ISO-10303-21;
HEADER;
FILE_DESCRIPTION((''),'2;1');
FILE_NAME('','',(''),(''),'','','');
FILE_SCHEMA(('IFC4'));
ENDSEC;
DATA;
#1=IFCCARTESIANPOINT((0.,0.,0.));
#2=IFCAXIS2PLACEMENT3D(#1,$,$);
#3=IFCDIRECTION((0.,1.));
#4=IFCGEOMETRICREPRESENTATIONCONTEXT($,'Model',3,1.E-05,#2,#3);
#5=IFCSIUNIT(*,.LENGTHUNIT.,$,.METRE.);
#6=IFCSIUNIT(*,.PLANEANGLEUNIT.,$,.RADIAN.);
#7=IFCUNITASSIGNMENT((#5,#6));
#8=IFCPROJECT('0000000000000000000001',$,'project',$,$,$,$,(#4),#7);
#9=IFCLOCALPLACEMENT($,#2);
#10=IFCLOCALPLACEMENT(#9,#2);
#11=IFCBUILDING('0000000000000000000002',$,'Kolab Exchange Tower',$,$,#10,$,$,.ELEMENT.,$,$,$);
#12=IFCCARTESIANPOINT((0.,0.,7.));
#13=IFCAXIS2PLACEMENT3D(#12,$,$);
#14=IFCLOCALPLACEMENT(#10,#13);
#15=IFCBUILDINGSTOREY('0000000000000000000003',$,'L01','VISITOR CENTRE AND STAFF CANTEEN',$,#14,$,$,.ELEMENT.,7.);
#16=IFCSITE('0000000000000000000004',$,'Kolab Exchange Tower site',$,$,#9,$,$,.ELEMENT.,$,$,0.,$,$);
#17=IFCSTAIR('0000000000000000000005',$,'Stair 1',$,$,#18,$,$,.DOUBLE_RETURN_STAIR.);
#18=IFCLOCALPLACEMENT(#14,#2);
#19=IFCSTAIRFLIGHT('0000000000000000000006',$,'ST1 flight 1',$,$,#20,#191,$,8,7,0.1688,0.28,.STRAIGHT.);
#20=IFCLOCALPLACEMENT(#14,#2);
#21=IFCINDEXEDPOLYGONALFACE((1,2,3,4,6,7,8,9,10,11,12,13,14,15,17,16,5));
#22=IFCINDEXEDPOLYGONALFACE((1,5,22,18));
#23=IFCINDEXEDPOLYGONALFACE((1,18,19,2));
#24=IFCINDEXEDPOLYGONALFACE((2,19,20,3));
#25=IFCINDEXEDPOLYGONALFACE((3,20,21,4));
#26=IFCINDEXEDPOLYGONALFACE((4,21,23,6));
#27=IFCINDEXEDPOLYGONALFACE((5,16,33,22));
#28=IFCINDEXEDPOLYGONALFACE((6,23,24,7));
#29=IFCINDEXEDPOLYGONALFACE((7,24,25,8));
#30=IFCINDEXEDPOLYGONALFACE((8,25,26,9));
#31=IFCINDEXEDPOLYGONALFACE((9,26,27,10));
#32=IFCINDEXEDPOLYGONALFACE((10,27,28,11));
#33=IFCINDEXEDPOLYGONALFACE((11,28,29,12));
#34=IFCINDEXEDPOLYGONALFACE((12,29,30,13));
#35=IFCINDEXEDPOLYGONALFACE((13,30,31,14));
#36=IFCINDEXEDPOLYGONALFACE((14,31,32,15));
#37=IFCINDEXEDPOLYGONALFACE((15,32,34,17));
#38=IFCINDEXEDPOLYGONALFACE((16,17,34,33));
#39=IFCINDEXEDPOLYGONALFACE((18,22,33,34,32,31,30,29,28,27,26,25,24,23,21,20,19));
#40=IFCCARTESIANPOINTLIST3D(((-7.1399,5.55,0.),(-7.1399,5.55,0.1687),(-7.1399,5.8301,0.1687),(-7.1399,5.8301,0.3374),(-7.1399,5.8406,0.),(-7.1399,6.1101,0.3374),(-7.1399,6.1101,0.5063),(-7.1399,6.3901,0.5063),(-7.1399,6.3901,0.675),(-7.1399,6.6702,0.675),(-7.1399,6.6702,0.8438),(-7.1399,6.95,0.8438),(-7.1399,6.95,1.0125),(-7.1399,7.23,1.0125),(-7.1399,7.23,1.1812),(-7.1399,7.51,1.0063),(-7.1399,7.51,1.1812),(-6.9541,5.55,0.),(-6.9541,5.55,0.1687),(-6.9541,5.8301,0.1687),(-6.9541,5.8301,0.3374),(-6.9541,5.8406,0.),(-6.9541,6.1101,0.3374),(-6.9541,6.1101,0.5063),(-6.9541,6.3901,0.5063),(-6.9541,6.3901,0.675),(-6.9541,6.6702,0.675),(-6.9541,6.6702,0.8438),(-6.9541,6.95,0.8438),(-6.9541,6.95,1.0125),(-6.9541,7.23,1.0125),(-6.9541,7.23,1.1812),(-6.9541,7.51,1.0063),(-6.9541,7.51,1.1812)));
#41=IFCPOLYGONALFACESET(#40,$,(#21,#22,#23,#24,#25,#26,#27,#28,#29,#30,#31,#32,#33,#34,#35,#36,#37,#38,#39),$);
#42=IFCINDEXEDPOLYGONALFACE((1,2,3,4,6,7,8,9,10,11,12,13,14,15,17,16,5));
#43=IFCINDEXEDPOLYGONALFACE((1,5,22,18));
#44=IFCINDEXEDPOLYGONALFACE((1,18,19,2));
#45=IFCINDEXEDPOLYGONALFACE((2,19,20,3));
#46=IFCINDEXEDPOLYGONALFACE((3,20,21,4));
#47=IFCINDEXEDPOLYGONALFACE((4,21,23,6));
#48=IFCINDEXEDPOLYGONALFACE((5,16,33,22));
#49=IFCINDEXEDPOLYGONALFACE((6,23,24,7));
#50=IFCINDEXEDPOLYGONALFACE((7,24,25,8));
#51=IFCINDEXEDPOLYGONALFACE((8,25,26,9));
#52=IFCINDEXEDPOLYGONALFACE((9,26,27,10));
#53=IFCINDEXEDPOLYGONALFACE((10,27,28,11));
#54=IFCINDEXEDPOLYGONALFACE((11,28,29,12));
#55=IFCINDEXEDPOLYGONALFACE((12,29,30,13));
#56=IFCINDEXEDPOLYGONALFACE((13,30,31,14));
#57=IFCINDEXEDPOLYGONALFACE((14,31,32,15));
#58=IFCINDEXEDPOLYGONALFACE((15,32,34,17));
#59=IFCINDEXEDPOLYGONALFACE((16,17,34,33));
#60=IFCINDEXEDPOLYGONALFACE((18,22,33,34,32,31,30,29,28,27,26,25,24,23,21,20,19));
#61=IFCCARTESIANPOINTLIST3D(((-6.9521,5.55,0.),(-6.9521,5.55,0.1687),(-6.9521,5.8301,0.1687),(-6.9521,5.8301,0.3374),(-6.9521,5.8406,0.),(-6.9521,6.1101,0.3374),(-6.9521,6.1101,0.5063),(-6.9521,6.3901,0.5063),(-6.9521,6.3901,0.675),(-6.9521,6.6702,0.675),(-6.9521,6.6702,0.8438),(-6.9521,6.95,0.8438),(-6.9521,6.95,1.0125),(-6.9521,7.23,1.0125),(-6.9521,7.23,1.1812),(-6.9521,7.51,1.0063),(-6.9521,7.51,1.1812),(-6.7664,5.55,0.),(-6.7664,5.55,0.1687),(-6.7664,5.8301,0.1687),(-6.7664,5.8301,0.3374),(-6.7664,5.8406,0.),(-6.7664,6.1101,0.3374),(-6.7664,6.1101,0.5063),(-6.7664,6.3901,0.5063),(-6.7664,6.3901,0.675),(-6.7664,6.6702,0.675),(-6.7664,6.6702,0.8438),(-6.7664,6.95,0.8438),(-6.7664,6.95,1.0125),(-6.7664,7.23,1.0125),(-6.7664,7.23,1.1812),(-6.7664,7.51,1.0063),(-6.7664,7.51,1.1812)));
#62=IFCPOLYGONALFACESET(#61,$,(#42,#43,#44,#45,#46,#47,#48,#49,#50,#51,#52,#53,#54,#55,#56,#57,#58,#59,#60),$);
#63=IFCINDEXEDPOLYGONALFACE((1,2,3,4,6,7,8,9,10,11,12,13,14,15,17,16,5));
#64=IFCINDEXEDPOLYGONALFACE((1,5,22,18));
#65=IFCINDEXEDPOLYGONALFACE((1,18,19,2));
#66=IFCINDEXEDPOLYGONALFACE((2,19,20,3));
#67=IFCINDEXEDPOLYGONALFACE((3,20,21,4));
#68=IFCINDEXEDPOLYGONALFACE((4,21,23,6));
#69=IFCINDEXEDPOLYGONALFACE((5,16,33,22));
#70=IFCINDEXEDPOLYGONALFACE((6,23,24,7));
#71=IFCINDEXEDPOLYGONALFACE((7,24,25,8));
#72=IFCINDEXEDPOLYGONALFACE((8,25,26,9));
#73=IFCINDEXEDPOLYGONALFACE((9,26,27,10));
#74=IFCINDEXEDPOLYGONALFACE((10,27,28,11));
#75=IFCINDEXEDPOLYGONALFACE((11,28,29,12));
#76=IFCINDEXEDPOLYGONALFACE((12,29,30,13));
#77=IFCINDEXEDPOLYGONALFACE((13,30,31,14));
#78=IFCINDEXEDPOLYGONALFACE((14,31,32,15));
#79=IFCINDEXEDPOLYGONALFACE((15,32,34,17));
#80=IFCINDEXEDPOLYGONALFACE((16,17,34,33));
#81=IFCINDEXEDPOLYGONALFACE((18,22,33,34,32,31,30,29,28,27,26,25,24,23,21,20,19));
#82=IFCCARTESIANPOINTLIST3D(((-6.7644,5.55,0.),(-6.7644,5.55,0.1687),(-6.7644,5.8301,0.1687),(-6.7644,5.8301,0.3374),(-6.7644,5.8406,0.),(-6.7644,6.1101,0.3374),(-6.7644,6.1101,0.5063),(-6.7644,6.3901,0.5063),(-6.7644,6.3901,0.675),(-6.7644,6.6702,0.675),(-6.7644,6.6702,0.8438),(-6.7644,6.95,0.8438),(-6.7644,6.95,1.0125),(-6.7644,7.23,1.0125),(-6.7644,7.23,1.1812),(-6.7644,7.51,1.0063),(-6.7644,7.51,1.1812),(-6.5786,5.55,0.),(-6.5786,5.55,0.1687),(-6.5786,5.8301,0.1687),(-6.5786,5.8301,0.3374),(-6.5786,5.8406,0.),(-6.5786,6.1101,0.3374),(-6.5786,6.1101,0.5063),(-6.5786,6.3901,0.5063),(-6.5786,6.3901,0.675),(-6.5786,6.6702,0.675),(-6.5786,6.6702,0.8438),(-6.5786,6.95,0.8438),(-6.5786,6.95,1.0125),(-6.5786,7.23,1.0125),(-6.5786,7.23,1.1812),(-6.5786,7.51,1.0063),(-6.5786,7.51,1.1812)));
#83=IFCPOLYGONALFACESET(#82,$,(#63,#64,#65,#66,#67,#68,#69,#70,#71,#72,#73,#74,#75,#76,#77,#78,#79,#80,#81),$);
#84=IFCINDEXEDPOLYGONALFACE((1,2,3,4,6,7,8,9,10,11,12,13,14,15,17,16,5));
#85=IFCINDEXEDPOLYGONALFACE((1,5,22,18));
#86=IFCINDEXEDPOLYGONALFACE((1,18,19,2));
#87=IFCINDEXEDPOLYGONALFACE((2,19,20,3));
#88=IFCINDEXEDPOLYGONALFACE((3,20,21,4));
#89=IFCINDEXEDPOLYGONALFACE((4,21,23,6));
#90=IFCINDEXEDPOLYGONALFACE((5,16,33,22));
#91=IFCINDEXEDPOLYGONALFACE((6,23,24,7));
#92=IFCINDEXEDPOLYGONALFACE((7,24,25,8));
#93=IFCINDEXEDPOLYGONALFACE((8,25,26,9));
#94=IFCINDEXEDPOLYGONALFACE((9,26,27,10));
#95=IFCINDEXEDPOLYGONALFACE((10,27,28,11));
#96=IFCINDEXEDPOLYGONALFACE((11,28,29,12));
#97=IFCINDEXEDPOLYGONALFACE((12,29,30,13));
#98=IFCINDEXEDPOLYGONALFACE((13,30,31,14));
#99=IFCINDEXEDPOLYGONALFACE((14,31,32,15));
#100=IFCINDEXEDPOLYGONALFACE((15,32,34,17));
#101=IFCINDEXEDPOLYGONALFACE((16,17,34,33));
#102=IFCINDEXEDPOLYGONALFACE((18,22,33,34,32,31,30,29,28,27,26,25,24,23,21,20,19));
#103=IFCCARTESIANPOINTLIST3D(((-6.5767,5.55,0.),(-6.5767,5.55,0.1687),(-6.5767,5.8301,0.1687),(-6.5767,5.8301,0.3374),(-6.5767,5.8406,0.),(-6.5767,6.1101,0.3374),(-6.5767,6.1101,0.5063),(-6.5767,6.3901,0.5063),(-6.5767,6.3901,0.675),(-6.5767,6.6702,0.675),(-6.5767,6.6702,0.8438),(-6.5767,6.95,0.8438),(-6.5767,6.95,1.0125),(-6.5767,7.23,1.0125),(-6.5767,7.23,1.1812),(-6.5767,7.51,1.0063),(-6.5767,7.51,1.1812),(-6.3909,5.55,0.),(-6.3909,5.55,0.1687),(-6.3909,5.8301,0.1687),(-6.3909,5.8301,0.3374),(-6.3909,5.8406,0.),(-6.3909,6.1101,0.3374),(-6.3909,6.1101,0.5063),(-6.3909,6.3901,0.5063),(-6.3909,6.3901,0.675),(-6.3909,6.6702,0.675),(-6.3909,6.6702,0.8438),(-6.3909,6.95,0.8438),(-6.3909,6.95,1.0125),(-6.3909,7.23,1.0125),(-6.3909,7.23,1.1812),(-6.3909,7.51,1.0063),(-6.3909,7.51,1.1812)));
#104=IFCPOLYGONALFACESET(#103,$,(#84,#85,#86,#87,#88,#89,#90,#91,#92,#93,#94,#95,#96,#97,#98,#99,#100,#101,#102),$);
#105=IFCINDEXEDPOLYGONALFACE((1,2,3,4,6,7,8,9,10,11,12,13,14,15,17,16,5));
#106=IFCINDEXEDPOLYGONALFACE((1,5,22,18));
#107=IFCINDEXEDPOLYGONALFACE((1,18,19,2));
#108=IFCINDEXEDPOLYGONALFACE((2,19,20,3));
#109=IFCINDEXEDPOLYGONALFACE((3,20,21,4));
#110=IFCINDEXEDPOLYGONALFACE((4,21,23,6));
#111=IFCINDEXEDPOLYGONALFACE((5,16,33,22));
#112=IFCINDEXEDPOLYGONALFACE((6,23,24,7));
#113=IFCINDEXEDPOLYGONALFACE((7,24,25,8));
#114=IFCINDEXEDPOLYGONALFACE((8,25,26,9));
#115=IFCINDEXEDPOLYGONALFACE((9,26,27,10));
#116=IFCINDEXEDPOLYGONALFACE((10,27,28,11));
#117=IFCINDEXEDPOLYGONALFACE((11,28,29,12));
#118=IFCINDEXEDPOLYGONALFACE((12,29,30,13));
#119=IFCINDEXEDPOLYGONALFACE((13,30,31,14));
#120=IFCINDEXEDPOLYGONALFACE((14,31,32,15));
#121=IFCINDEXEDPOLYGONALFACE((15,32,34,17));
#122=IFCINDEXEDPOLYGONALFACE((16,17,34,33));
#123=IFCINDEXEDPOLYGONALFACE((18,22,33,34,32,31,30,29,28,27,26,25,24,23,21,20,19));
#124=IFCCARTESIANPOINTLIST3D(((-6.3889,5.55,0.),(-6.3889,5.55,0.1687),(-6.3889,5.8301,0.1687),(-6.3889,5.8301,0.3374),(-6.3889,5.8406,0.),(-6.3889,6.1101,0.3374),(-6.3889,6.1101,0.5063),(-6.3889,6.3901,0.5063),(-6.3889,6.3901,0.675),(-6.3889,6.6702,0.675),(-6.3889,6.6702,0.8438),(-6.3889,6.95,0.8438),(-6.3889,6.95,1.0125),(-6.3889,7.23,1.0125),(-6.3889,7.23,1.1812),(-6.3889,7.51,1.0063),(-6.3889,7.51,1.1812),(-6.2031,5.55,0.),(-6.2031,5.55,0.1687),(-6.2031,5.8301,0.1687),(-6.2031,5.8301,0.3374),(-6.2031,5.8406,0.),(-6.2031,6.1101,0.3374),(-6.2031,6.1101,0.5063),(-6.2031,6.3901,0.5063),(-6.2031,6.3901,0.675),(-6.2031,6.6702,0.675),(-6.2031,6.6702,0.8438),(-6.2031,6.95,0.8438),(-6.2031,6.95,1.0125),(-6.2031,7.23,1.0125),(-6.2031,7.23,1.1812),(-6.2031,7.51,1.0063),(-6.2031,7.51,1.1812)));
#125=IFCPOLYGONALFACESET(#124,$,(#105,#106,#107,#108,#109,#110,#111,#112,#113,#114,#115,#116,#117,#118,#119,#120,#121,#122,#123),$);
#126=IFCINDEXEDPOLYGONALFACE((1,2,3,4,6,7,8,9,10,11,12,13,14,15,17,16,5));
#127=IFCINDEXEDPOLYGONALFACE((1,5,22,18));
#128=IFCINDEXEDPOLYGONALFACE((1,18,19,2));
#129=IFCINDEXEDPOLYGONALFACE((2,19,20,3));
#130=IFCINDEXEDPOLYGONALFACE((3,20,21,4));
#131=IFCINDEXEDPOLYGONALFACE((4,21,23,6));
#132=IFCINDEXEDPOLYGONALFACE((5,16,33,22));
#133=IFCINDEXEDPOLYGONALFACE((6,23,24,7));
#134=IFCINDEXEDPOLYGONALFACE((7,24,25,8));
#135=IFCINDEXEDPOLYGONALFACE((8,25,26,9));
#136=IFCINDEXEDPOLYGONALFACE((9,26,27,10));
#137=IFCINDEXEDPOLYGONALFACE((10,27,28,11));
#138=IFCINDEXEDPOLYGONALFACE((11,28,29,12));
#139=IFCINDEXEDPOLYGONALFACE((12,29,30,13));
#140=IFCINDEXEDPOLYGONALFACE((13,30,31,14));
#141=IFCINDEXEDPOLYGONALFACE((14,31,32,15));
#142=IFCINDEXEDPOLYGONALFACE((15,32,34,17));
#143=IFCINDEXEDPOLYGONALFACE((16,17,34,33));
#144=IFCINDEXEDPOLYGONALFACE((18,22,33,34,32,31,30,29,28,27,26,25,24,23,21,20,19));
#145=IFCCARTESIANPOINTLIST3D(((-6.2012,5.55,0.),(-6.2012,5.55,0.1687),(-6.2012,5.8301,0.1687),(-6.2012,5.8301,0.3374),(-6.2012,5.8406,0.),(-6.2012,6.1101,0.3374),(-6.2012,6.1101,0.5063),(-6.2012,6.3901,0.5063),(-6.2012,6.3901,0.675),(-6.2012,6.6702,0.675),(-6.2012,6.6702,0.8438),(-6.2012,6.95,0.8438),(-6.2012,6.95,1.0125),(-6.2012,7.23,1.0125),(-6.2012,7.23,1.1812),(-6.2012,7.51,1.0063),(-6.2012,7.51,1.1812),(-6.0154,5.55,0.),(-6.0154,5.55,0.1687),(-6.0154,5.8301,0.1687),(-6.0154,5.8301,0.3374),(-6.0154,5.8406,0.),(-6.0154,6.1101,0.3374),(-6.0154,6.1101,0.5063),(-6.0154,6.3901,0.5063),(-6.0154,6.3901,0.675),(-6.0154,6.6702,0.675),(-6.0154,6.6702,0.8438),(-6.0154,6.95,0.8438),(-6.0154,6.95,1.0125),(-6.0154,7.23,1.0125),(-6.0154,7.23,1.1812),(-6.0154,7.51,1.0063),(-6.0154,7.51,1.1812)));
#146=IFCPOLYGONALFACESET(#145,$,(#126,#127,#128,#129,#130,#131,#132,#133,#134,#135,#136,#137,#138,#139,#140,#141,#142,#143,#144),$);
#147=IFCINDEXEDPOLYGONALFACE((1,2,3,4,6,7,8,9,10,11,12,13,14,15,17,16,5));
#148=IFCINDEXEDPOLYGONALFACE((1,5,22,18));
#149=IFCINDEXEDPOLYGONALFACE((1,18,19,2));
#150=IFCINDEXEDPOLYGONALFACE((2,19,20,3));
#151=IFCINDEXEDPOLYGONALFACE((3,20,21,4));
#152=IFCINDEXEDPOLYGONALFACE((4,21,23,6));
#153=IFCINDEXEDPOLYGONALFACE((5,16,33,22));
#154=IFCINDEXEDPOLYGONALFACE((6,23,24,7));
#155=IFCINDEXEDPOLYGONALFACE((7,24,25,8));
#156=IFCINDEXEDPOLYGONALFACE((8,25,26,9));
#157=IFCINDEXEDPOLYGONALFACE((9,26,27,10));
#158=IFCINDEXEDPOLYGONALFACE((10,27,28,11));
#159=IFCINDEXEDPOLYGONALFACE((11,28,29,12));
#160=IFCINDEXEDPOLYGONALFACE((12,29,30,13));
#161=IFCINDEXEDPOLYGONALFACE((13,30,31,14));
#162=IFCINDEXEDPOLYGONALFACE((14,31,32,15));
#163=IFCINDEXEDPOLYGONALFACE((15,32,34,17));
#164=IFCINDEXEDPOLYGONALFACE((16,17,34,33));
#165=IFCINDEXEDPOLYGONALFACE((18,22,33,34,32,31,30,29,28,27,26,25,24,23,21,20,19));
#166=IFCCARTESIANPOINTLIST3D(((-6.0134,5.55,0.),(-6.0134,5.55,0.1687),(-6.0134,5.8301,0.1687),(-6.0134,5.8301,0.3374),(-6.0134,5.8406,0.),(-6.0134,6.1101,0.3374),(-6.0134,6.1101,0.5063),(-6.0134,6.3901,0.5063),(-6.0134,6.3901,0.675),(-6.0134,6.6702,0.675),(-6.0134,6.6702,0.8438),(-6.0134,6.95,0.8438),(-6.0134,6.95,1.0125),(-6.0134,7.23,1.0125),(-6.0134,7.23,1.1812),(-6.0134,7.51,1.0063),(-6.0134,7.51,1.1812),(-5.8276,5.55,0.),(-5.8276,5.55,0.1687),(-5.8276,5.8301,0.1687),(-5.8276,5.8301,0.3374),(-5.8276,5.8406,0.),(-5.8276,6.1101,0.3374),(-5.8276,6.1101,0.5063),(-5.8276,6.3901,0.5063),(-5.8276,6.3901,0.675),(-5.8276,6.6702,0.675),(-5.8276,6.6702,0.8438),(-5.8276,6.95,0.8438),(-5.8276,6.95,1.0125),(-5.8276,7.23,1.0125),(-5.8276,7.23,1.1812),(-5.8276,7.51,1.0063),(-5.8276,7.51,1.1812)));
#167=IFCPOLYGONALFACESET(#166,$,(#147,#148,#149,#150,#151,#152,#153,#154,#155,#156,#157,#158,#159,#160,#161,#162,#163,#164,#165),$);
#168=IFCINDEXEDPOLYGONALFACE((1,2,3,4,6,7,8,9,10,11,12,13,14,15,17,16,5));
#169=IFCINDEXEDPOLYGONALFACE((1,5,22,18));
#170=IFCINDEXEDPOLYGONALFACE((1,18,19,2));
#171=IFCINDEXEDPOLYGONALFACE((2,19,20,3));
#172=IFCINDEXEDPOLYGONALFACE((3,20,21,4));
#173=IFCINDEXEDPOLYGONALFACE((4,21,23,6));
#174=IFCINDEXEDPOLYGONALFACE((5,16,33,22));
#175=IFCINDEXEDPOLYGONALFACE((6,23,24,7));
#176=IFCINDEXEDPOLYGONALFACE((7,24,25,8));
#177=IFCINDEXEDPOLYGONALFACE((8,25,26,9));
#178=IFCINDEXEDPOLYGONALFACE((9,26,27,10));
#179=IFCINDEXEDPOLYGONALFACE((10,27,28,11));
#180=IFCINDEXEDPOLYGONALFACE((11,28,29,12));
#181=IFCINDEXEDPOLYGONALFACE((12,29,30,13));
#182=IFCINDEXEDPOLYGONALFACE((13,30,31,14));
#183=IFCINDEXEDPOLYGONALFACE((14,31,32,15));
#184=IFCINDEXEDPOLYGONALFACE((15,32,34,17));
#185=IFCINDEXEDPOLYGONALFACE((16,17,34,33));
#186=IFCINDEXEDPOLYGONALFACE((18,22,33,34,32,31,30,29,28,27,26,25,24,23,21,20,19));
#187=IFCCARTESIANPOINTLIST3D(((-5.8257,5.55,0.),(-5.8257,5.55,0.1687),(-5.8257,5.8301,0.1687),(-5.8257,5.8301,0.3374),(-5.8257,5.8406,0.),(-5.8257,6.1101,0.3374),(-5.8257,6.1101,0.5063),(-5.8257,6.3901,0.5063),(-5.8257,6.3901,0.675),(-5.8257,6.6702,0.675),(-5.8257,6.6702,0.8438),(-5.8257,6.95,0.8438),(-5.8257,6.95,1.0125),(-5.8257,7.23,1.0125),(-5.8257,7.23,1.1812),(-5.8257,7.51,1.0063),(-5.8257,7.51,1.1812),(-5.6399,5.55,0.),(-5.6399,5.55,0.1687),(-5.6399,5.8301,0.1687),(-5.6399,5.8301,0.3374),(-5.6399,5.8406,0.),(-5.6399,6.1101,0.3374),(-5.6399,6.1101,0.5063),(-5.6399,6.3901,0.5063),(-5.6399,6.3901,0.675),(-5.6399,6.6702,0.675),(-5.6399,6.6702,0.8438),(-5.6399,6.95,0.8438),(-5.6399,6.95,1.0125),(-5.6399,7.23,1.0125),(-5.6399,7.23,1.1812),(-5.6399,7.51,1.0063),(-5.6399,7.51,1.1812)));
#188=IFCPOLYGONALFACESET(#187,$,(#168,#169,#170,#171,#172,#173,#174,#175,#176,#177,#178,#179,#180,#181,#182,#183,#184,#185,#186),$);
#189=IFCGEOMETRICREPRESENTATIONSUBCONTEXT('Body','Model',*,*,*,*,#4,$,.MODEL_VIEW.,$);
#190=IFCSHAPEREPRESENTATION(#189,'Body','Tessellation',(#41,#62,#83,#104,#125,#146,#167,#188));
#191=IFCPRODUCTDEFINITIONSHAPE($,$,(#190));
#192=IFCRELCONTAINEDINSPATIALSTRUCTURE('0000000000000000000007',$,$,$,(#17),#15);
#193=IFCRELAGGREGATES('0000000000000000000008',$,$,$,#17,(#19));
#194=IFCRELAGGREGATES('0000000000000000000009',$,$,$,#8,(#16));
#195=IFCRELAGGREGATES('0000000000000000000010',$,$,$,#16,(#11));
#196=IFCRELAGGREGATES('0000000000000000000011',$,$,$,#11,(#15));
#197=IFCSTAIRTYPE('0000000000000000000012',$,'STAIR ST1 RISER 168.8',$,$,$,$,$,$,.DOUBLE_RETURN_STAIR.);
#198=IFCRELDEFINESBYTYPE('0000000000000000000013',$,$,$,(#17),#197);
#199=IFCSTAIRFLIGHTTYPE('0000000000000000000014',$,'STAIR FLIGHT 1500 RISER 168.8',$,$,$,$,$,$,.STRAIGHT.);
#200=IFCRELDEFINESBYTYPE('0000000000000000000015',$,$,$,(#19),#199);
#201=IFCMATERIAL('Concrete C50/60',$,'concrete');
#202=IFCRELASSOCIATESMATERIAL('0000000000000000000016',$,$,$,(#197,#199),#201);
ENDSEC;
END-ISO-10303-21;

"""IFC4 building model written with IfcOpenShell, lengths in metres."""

from ifc_helpers import new_model, si_unit, direction, frame, origin, place, context, subcontext, project, spatial, polyline, outline, extrude, material, type_object, element, aggregate, save


model = new_model("IFC4")

# Units and contexts
model_context = context("Model", 3, precision=1e-05, world=origin(), true_north=direction((0.0, 1.0)))
body_context = subcontext(model_context, "Body", "Model", "MODEL_VIEW")
ifc_project = project(units=[si_unit("LENGTHUNIT", "METRE"), si_unit("PLANEANGLEUNIT", "RADIAN")], contexts=[model_context])

# Site, building, storey
site_placement = place(None, origin())
site = spatial("IfcSite", under=ifc_project, at=site_placement, Name="Kolab Exchange Tower site", CompositionType="ELEMENT", RefElevation=0.0)
building_placement = place(site_placement, origin())
building = spatial("IfcBuilding", under=site, at=building_placement, Name="Kolab Exchange Tower", CompositionType="ELEMENT")
storey_placement = place(building_placement, frame((0.0, 0.0, 7.0)))
storey = spatial("IfcBuildingStorey", under=building, at=storey_placement, Name="L01", Description="VISITOR CENTRE AND STAFF CANTEEN", CompositionType="ELEMENT", Elevation=7.0)

# Shared definitions
ifc_material_1 = material(Name="Concrete C50/60", Category="concrete")

# Stair, stair flight
stair_type = type_object("IfcStairType", Name="STAIR ST1 RISER 168.8", PredefinedType="DOUBLE_RETURN_STAIR", material=ifc_material_1)
stair_placement = place(storey_placement, origin())
stair = element("IfcStair", 1, at=stair_placement, inside=storey, type_object=stair_type, Name="Stair 1", PredefinedType="DOUBLE_RETURN_STAIR")
stair_flight_type = type_object("IfcStairFlightType", Name="STAIR FLIGHT 1500 RISER 168.8", PredefinedType="STRAIGHT", material=ifc_material_1)
stair_flight_1_placement = place(storey_placement, frame((-6.3899, 5.55, 0.0), z_axis=(0.0, 0.0, 1.0), x_axis=(0.0, 1.0, 0.0)))
stair_flight_1 = element("IfcStairFlight", 2, at=stair_flight_1_placement, type_object=stair_flight_type, Name="ST1 flight 1", NumberOfRisers=8, NumberOfTreads=7, PredefinedType="STRAIGHT", RiserHeight=0.1688, TreadLength=0.28, context=body_context, shape_type="SweptSolid", body=[
    extrude(outline(polyline([(0.0, 0.0), (0.0, 0.1687), (0.28, 0.1687), (0.28, 0.3374), (0.5601, 0.3374), (0.5601, 0.5063), (0.8401, 0.5063), (0.8401, 0.675), (1.1201, 0.675), (1.1201, 0.8438), (1.3999, 0.8438), (1.3999, 1.0125), (1.6799, 1.0125), (1.6799, 1.1812), (1.96, 1.1812), (1.96, 1.3501), (1.96, 1.0063), (0.2905, 0.0), (0.0, 0.0)])), frame((0.0, 0.75, 0.0), z_axis=(0.0, -1.0, 0.0), x_axis=(1.0, 0.0, 0.0)), (0.0, 0.0, 1.0), 0.1858),
    extrude(outline(polyline([(0.0, 0.0), (0.0, 0.1687), (0.28, 0.1687), (0.28, 0.3374), (0.5601, 0.3374), (0.5601, 0.5063), (0.8401, 0.5063), (0.8401, 0.675), (1.1201, 0.675), (1.1201, 0.8438), (1.3999, 0.8438), (1.3999, 1.0125), (1.6799, 1.0125), (1.6799, 1.1812), (1.96, 1.1812), (1.96, 1.3501), (1.96, 1.0063), (0.2905, 0.0), (0.0, 0.0)])), frame((0.0, 0.5623, 0.0), z_axis=(0.0, -1.0, 0.0), x_axis=(1.0, 0.0, 0.0)), (0.0, 0.0, 1.0), 0.1858),
    extrude(outline(polyline([(0.0, 0.0), (0.0, 0.1687), (0.28, 0.1687), (0.28, 0.3374), (0.5601, 0.3374), (0.5601, 0.5063), (0.8401, 0.5063), (0.8401, 0.675), (1.1201, 0.675), (1.1201, 0.8438), (1.3999, 0.8438), (1.3999, 1.0125), (1.6799, 1.0125), (1.6799, 1.1812), (1.96, 1.1812), (1.96, 1.3501), (1.96, 1.0063), (0.2905, 0.0), (0.0, 0.0)])), frame((0.0, 0.3745, 0.0), z_axis=(0.0, -1.0, 0.0), x_axis=(1.0, 0.0, 0.0)), (0.0, 0.0, 1.0), 0.1858),
    extrude(outline(polyline([(0.0, 0.0), (0.0, 0.1687), (0.28, 0.1687), (0.28, 0.3374), (0.5601, 0.3374), (0.5601, 0.5063), (0.8401, 0.5063), (0.8401, 0.675), (1.1201, 0.675), (1.1201, 0.8438), (1.3999, 0.8438), (1.3999, 1.0125), (1.6799, 1.0125), (1.6799, 1.1812), (1.96, 1.1812), (1.96, 1.3501), (1.96, 1.0063), (0.2905, 0.0), (0.0, 0.0)])), frame((0.0, 0.1868, 0.0), z_axis=(0.0, -1.0, 0.0), x_axis=(1.0, 0.0, 0.0)), (0.0, 0.0, 1.0), 0.1858),
    extrude(outline(polyline([(0.0, 0.0), (0.0, 0.1687), (0.28, 0.1687), (0.28, 0.3374), (0.5601, 0.3374), (0.5601, 0.5063), (0.8401, 0.5063), (0.8401, 0.675), (1.1201, 0.675), (1.1201, 0.8438), (1.3999, 0.8438), (1.3999, 1.0125), (1.6799, 1.0125), (1.6799, 1.1812), (1.96, 1.1812), (1.96, 1.3501), (1.96, 1.0063), (0.2905, 0.0), (0.0, 0.0)])), frame((0.0, -0.001, 0.0), z_axis=(0.0, -1.0, 0.0), x_axis=(1.0, 0.0, 0.0)), (0.0, 0.0, 1.0), 0.1858),
    extrude(outline(polyline([(0.0, 0.0), (0.0, 0.1687), (0.28, 0.1687), (0.28, 0.3374), (0.5601, 0.3374), (0.5601, 0.5063), (0.8401, 0.5063), (0.8401, 0.675), (1.1201, 0.675), (1.1201, 0.8438), (1.3999, 0.8438), (1.3999, 1.0125), (1.6799, 1.0125), (1.6799, 1.1812), (1.96, 1.1812), (1.96, 1.3501), (1.96, 1.0063), (0.2905, 0.0), (0.0, 0.0)])), frame((0.0, -0.1887, 0.0), z_axis=(0.0, -1.0, 0.0), x_axis=(1.0, 0.0, 0.0)), (0.0, 0.0, 1.0), 0.1858),
    extrude(outline(polyline([(0.0, 0.0), (0.0, 0.1687), (0.28, 0.1687), (0.28, 0.3374), (0.5601, 0.3374), (0.5601, 0.5063), (0.8401, 0.5063), (0.8401, 0.675), (1.1201, 0.675), (1.1201, 0.8438), (1.3999, 0.8438), (1.3999, 1.0125), (1.6799, 1.0125), (1.6799, 1.1812), (1.96, 1.1812), (1.96, 1.3501), (1.96, 1.0063), (0.2905, 0.0), (0.0, 0.0)])), frame((0.0, -0.3765, 0.0), z_axis=(0.0, -1.0, 0.0), x_axis=(1.0, 0.0, 0.0)), (0.0, 0.0, 1.0), 0.1858),
    extrude(outline(polyline([(0.0, 0.0), (0.0, 0.1687), (0.28, 0.1687), (0.28, 0.3374), (0.5601, 0.3374), (0.5601, 0.5063), (0.8401, 0.5063), (0.8401, 0.675), (1.1201, 0.675), (1.1201, 0.8438), (1.3999, 0.8438), (1.3999, 1.0125), (1.6799, 1.0125), (1.6799, 1.1812), (1.96, 1.1812), (1.96, 1.3501), (1.96, 1.0063), (0.2905, 0.0), (0.0, 0.0)])), frame((0.0, -0.5642, 0.0), z_axis=(0.0, -1.0, 0.0), x_axis=(1.0, 0.0, 0.0)), (0.0, 0.0, 1.0), 0.1858),
])
aggregate(stair, [stair_flight_1])

save(model, "model.ifc")
